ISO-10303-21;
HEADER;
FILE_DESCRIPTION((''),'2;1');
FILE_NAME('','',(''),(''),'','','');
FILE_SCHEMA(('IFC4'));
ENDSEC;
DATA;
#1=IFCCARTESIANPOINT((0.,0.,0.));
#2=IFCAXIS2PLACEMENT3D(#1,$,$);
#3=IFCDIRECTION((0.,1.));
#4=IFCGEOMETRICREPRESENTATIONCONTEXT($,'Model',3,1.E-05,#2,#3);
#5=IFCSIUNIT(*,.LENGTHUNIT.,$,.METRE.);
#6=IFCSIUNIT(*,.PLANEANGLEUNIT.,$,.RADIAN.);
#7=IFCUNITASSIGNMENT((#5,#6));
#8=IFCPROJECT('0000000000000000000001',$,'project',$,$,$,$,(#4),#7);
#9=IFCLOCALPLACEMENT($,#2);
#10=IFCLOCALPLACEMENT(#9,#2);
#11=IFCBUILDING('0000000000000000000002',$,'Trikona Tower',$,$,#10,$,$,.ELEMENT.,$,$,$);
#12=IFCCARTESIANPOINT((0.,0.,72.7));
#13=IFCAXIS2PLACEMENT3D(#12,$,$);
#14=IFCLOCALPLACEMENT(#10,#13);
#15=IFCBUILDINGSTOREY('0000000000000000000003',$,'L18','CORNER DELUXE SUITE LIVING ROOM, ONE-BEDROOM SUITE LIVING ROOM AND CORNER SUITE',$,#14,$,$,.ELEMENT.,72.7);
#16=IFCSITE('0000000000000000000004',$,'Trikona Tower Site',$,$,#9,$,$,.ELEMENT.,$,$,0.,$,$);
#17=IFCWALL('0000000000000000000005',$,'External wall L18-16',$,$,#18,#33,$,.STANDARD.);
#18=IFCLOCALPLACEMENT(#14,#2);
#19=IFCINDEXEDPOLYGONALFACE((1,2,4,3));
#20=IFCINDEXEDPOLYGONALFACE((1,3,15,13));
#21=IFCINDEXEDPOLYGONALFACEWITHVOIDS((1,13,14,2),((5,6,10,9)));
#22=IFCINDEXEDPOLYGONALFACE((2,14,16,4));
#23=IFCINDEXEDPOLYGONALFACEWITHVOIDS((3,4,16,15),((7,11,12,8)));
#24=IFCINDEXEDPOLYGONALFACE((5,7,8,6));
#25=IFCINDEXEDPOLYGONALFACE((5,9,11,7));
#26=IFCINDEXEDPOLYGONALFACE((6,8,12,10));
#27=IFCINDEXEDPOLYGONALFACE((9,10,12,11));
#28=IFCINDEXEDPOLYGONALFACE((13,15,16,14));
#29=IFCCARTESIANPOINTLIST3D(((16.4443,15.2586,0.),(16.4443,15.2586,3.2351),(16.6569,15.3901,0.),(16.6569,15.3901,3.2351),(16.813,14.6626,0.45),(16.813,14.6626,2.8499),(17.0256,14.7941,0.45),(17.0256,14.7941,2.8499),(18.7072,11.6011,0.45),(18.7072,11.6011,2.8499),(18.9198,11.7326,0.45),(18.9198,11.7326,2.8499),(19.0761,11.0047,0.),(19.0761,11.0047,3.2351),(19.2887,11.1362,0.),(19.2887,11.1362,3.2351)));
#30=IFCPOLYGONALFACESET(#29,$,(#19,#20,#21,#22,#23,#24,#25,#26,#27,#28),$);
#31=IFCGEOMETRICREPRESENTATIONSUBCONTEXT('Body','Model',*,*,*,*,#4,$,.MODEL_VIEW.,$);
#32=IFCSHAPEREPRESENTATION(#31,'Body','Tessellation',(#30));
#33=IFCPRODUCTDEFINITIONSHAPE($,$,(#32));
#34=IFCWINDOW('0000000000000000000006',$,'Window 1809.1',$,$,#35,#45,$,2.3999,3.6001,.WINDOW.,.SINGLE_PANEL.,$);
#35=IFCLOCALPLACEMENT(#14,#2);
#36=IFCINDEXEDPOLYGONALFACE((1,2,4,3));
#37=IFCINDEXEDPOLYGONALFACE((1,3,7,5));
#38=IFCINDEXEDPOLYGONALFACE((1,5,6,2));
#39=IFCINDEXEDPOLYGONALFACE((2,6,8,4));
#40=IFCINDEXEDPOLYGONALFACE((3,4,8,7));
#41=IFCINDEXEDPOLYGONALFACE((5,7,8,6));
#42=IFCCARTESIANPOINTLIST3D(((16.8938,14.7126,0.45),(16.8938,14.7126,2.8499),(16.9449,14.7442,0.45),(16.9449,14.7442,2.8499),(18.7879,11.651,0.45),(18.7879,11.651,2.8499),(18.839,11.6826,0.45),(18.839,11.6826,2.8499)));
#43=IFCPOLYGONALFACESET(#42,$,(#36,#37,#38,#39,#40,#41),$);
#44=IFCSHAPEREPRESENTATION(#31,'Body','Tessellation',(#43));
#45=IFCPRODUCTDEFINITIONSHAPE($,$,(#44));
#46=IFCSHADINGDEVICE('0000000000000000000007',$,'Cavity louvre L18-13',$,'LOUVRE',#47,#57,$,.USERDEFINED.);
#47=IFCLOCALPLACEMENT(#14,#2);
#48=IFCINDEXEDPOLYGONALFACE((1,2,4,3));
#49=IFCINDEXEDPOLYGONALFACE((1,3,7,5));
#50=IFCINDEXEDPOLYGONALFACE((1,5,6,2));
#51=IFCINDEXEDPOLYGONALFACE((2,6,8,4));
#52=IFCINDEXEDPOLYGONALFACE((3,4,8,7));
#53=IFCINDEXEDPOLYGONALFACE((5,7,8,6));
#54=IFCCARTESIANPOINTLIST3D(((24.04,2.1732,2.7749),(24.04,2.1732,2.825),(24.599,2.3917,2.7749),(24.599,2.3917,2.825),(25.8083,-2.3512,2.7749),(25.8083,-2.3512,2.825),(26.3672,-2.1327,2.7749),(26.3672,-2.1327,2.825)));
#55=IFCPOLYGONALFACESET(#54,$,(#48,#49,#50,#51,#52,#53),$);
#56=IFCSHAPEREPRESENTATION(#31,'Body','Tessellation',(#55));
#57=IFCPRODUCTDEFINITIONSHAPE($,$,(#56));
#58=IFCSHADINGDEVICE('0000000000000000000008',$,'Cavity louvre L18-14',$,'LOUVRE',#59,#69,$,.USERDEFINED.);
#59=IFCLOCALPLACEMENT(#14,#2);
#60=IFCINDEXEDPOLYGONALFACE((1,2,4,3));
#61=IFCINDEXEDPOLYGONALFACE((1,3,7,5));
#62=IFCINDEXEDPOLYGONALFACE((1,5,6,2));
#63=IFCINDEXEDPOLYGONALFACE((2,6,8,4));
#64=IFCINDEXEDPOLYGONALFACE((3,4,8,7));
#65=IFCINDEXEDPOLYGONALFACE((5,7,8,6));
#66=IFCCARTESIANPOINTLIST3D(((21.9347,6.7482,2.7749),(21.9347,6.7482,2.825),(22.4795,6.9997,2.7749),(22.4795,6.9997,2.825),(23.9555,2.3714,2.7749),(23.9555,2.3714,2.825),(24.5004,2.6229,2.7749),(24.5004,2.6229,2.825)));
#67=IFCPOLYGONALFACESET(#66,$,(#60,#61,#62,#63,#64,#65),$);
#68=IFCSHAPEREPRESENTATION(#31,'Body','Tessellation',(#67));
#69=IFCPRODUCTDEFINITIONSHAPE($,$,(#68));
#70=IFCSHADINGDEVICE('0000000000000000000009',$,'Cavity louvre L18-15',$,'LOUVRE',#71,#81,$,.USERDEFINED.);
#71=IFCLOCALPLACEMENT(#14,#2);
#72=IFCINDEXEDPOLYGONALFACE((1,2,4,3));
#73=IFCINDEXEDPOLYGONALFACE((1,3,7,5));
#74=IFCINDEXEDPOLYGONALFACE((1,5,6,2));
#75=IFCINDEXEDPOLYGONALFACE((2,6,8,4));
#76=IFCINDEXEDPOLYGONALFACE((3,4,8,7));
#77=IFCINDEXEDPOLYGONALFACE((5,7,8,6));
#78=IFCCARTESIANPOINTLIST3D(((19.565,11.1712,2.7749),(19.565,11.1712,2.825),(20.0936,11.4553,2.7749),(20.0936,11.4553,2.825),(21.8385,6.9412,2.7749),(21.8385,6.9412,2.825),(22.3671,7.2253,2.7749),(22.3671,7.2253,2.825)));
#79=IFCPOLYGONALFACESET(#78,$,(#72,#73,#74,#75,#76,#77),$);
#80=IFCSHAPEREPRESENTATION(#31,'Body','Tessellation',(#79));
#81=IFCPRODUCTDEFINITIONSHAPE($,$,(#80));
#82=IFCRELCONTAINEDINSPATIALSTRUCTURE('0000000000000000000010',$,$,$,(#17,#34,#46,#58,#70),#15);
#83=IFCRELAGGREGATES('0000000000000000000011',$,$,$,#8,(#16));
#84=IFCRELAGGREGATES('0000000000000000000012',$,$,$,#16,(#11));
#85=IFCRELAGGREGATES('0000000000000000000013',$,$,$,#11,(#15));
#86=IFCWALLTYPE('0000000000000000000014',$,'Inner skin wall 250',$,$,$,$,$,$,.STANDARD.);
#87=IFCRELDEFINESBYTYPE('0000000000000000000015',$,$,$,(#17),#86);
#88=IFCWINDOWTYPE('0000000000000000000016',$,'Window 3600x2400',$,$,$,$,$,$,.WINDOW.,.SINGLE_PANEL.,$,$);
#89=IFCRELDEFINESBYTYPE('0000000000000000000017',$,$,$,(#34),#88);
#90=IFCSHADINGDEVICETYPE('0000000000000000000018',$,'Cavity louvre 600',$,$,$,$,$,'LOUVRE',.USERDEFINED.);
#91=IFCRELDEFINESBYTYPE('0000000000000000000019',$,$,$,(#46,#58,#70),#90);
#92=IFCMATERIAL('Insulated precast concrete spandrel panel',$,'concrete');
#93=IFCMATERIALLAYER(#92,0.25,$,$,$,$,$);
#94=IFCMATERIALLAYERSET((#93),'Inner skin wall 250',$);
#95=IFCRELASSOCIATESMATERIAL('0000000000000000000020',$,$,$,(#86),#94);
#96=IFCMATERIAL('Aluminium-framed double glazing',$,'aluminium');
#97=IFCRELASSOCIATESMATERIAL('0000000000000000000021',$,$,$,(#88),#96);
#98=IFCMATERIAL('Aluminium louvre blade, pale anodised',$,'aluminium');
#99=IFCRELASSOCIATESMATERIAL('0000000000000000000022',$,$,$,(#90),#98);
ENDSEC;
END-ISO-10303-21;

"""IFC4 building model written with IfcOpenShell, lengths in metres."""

from ifc_helpers import new_model, si_unit, direction, frame, frame_2d, origin, origin_2d, place, context, subcontext, project, spatial, rectangle, extrude, material, layer, layer_set, type_object, element, fill, save


model = new_model("IFC4")

# Units and contexts
model_context = context("Model", 3, precision=1e-05, world=origin(), true_north=direction((0.0, 1.0)))
body_context = subcontext(model_context, "Body", "Model", "MODEL_VIEW")
ifc_project = project(units=[si_unit("LENGTHUNIT", "METRE"), si_unit("PLANEANGLEUNIT", "RADIAN")], contexts=[model_context])

# Site, building, storey
site_placement = place(None, origin())
site = spatial("IfcSite", under=ifc_project, at=site_placement, Name="Trikona Tower Site", CompositionType="ELEMENT", RefElevation=0.0)
building_placement = place(site_placement, origin())
building = spatial("IfcBuilding", under=site, at=building_placement, Name="Trikona Tower", CompositionType="ELEMENT")
storey_placement = place(building_placement, frame((0.0, 0.0, 72.7)))
storey = spatial("IfcBuildingStorey", under=building, at=storey_placement, Name="L18", Description="CORNER DELUXE SUITE LIVING ROOM, ONE-BEDROOM SUITE LIVING ROOM AND CORNER SUITE", CompositionType="ELEMENT", Elevation=72.7)

# Wall, opening, window
ifc_material_1 = material(Name="Insulated precast concrete spandrel panel", Category="concrete")
ifc_layer_1 = layer(ifc_material_1, 0.25)
ifc_layer_set_1 = layer_set([ifc_layer_1], Name="Inner skin wall 250")
wall_type_1 = type_object("IfcWallType", Name="Inner skin wall 250", PredefinedType="STANDARD", material=ifc_layer_set_1)
ifc_material_2 = material(Name="Aluminium-framed double glazing", Category="aluminium")
window_type = type_object("IfcWindowType", Name="Window 3600x2400", PartitioningType="SINGLE_PANEL", PredefinedType="WINDOW", material=ifc_material_2)
wall_1_placement = place(storey_placement, frame((19.1824, 11.0706, 0.0), z_axis=(0.0, 0.0, 1.0), x_axis=(-0.526133, 0.850402, 0.0)))
wall_1 = element("IfcWall", 1, at=wall_1_placement, inside=storey, type_object=wall_type_1, Name="External wall L18-16", PredefinedType="STANDARD", context=body_context, shape_type="SweptSolid", body=[
    extrude(rectangle(XDim=5.0022, YDim=0.25, at=frame_2d((2.501, 0.0))), origin(), (0.0, 0.0, 1.0), 3.2351),
])
opening_1_placement = place(wall_1_placement, frame((0.7012, 0.0, 0.45)))
opening_1 = element("IfcOpeningElement", 2, at=opening_1_placement, cuts=wall_1, PredefinedType="OPENING", context=body_context, shape_type="SweptSolid", body=[
    extrude(rectangle(XDim=3.6001, YDim=2.3999, at=frame_2d((1.8, 1.2))), frame((0.0, 0.135, 0.0), z_axis=(0.0, -1.0, 0.0), x_axis=(1.0, 0.0, 0.0)), (0.0, 0.0, 1.0), 0.27),
])
window_1_placement = place(opening_1_placement, origin())
window_1 = element("IfcWindow", 3, at=window_1_placement, inside=storey, type_object=window_type, Name="Window 1809.1", OverallHeight=2.3999, OverallWidth=3.6001, PartitioningType="SINGLE_PANEL", PredefinedType="WINDOW", context=body_context, shape_type="SweptSolid", body=[
    extrude(rectangle(XDim=3.6001, YDim=2.3999, at=frame_2d((1.8, 1.2))), frame((0.0, 0.03, 0.0), z_axis=(0.0, -1.0, 0.0), x_axis=(1.0, 0.0, 0.0)), (0.0, 0.0, 1.0), 0.0601),
])
fill(opening_1, window_1)

# Shading devices
ifc_material_3 = material(Name="Aluminium louvre blade, pale anodised", Category="aluminium")
shading_device_type = type_object("IfcShadingDeviceType", Name="Cavity louvre 600", ElementType="LOUVRE", PredefinedType="USERDEFINED", material=ifc_material_3)
shading_device_1_placement = place(storey_placement, frame((25.2036, 0.0203, 2.7749), z_axis=(0.0, 0.0, 1.0), x_axis=(-0.364009, 0.931395, 0.0)))
element("IfcShadingDevice", 4, at=shading_device_1_placement, inside=storey, type_object=shading_device_type, Name="Cavity louvre L18-13", ObjectType="LOUVRE", PredefinedType="USERDEFINED", context=body_context, shape_type="SweptSolid", body=[
    extrude(rectangle(XDim=4.8577, YDim=0.6001, at=origin_2d()), origin(), (0.0, 0.0, 1.0), 0.05),
])
shading_device_2_placement = place(storey_placement, frame((23.2175, 4.6855, 2.7749), z_axis=(0.0, 0.0, 1.0), x_axis=(-0.419194, 0.907897, 0.0)))
element("IfcShadingDevice", 5, at=shading_device_2_placement, inside=storey, type_object=shading_device_type, Name="Cavity louvre L18-14", ObjectType="LOUVRE", PredefinedType="USERDEFINED", context=body_context, shape_type="SweptSolid", body=[
    extrude(rectangle(XDim=4.8208, YDim=0.6001, at=origin_2d()), origin(), (0.0, 0.0, 1.0), 0.05),
])
shading_device_3_placement = place(storey_placement, frame((20.9661, 9.1982, 2.7749), z_axis=(0.0, 0.0, 1.0), x_axis=(-0.473423, 0.880835, 0.0)))
element("IfcShadingDevice", 6, at=shading_device_3_placement, inside=storey, type_object=shading_device_type, Name="Cavity louvre L18-15", ObjectType="LOUVRE", PredefinedType="USERDEFINED", context=body_context, shape_type="SweptSolid", body=[
    extrude(rectangle(XDim=4.8022, YDim=0.6001, at=origin_2d()), origin(), (0.0, 0.0, 1.0), 0.05),
])

save(model, "model.ifc")
